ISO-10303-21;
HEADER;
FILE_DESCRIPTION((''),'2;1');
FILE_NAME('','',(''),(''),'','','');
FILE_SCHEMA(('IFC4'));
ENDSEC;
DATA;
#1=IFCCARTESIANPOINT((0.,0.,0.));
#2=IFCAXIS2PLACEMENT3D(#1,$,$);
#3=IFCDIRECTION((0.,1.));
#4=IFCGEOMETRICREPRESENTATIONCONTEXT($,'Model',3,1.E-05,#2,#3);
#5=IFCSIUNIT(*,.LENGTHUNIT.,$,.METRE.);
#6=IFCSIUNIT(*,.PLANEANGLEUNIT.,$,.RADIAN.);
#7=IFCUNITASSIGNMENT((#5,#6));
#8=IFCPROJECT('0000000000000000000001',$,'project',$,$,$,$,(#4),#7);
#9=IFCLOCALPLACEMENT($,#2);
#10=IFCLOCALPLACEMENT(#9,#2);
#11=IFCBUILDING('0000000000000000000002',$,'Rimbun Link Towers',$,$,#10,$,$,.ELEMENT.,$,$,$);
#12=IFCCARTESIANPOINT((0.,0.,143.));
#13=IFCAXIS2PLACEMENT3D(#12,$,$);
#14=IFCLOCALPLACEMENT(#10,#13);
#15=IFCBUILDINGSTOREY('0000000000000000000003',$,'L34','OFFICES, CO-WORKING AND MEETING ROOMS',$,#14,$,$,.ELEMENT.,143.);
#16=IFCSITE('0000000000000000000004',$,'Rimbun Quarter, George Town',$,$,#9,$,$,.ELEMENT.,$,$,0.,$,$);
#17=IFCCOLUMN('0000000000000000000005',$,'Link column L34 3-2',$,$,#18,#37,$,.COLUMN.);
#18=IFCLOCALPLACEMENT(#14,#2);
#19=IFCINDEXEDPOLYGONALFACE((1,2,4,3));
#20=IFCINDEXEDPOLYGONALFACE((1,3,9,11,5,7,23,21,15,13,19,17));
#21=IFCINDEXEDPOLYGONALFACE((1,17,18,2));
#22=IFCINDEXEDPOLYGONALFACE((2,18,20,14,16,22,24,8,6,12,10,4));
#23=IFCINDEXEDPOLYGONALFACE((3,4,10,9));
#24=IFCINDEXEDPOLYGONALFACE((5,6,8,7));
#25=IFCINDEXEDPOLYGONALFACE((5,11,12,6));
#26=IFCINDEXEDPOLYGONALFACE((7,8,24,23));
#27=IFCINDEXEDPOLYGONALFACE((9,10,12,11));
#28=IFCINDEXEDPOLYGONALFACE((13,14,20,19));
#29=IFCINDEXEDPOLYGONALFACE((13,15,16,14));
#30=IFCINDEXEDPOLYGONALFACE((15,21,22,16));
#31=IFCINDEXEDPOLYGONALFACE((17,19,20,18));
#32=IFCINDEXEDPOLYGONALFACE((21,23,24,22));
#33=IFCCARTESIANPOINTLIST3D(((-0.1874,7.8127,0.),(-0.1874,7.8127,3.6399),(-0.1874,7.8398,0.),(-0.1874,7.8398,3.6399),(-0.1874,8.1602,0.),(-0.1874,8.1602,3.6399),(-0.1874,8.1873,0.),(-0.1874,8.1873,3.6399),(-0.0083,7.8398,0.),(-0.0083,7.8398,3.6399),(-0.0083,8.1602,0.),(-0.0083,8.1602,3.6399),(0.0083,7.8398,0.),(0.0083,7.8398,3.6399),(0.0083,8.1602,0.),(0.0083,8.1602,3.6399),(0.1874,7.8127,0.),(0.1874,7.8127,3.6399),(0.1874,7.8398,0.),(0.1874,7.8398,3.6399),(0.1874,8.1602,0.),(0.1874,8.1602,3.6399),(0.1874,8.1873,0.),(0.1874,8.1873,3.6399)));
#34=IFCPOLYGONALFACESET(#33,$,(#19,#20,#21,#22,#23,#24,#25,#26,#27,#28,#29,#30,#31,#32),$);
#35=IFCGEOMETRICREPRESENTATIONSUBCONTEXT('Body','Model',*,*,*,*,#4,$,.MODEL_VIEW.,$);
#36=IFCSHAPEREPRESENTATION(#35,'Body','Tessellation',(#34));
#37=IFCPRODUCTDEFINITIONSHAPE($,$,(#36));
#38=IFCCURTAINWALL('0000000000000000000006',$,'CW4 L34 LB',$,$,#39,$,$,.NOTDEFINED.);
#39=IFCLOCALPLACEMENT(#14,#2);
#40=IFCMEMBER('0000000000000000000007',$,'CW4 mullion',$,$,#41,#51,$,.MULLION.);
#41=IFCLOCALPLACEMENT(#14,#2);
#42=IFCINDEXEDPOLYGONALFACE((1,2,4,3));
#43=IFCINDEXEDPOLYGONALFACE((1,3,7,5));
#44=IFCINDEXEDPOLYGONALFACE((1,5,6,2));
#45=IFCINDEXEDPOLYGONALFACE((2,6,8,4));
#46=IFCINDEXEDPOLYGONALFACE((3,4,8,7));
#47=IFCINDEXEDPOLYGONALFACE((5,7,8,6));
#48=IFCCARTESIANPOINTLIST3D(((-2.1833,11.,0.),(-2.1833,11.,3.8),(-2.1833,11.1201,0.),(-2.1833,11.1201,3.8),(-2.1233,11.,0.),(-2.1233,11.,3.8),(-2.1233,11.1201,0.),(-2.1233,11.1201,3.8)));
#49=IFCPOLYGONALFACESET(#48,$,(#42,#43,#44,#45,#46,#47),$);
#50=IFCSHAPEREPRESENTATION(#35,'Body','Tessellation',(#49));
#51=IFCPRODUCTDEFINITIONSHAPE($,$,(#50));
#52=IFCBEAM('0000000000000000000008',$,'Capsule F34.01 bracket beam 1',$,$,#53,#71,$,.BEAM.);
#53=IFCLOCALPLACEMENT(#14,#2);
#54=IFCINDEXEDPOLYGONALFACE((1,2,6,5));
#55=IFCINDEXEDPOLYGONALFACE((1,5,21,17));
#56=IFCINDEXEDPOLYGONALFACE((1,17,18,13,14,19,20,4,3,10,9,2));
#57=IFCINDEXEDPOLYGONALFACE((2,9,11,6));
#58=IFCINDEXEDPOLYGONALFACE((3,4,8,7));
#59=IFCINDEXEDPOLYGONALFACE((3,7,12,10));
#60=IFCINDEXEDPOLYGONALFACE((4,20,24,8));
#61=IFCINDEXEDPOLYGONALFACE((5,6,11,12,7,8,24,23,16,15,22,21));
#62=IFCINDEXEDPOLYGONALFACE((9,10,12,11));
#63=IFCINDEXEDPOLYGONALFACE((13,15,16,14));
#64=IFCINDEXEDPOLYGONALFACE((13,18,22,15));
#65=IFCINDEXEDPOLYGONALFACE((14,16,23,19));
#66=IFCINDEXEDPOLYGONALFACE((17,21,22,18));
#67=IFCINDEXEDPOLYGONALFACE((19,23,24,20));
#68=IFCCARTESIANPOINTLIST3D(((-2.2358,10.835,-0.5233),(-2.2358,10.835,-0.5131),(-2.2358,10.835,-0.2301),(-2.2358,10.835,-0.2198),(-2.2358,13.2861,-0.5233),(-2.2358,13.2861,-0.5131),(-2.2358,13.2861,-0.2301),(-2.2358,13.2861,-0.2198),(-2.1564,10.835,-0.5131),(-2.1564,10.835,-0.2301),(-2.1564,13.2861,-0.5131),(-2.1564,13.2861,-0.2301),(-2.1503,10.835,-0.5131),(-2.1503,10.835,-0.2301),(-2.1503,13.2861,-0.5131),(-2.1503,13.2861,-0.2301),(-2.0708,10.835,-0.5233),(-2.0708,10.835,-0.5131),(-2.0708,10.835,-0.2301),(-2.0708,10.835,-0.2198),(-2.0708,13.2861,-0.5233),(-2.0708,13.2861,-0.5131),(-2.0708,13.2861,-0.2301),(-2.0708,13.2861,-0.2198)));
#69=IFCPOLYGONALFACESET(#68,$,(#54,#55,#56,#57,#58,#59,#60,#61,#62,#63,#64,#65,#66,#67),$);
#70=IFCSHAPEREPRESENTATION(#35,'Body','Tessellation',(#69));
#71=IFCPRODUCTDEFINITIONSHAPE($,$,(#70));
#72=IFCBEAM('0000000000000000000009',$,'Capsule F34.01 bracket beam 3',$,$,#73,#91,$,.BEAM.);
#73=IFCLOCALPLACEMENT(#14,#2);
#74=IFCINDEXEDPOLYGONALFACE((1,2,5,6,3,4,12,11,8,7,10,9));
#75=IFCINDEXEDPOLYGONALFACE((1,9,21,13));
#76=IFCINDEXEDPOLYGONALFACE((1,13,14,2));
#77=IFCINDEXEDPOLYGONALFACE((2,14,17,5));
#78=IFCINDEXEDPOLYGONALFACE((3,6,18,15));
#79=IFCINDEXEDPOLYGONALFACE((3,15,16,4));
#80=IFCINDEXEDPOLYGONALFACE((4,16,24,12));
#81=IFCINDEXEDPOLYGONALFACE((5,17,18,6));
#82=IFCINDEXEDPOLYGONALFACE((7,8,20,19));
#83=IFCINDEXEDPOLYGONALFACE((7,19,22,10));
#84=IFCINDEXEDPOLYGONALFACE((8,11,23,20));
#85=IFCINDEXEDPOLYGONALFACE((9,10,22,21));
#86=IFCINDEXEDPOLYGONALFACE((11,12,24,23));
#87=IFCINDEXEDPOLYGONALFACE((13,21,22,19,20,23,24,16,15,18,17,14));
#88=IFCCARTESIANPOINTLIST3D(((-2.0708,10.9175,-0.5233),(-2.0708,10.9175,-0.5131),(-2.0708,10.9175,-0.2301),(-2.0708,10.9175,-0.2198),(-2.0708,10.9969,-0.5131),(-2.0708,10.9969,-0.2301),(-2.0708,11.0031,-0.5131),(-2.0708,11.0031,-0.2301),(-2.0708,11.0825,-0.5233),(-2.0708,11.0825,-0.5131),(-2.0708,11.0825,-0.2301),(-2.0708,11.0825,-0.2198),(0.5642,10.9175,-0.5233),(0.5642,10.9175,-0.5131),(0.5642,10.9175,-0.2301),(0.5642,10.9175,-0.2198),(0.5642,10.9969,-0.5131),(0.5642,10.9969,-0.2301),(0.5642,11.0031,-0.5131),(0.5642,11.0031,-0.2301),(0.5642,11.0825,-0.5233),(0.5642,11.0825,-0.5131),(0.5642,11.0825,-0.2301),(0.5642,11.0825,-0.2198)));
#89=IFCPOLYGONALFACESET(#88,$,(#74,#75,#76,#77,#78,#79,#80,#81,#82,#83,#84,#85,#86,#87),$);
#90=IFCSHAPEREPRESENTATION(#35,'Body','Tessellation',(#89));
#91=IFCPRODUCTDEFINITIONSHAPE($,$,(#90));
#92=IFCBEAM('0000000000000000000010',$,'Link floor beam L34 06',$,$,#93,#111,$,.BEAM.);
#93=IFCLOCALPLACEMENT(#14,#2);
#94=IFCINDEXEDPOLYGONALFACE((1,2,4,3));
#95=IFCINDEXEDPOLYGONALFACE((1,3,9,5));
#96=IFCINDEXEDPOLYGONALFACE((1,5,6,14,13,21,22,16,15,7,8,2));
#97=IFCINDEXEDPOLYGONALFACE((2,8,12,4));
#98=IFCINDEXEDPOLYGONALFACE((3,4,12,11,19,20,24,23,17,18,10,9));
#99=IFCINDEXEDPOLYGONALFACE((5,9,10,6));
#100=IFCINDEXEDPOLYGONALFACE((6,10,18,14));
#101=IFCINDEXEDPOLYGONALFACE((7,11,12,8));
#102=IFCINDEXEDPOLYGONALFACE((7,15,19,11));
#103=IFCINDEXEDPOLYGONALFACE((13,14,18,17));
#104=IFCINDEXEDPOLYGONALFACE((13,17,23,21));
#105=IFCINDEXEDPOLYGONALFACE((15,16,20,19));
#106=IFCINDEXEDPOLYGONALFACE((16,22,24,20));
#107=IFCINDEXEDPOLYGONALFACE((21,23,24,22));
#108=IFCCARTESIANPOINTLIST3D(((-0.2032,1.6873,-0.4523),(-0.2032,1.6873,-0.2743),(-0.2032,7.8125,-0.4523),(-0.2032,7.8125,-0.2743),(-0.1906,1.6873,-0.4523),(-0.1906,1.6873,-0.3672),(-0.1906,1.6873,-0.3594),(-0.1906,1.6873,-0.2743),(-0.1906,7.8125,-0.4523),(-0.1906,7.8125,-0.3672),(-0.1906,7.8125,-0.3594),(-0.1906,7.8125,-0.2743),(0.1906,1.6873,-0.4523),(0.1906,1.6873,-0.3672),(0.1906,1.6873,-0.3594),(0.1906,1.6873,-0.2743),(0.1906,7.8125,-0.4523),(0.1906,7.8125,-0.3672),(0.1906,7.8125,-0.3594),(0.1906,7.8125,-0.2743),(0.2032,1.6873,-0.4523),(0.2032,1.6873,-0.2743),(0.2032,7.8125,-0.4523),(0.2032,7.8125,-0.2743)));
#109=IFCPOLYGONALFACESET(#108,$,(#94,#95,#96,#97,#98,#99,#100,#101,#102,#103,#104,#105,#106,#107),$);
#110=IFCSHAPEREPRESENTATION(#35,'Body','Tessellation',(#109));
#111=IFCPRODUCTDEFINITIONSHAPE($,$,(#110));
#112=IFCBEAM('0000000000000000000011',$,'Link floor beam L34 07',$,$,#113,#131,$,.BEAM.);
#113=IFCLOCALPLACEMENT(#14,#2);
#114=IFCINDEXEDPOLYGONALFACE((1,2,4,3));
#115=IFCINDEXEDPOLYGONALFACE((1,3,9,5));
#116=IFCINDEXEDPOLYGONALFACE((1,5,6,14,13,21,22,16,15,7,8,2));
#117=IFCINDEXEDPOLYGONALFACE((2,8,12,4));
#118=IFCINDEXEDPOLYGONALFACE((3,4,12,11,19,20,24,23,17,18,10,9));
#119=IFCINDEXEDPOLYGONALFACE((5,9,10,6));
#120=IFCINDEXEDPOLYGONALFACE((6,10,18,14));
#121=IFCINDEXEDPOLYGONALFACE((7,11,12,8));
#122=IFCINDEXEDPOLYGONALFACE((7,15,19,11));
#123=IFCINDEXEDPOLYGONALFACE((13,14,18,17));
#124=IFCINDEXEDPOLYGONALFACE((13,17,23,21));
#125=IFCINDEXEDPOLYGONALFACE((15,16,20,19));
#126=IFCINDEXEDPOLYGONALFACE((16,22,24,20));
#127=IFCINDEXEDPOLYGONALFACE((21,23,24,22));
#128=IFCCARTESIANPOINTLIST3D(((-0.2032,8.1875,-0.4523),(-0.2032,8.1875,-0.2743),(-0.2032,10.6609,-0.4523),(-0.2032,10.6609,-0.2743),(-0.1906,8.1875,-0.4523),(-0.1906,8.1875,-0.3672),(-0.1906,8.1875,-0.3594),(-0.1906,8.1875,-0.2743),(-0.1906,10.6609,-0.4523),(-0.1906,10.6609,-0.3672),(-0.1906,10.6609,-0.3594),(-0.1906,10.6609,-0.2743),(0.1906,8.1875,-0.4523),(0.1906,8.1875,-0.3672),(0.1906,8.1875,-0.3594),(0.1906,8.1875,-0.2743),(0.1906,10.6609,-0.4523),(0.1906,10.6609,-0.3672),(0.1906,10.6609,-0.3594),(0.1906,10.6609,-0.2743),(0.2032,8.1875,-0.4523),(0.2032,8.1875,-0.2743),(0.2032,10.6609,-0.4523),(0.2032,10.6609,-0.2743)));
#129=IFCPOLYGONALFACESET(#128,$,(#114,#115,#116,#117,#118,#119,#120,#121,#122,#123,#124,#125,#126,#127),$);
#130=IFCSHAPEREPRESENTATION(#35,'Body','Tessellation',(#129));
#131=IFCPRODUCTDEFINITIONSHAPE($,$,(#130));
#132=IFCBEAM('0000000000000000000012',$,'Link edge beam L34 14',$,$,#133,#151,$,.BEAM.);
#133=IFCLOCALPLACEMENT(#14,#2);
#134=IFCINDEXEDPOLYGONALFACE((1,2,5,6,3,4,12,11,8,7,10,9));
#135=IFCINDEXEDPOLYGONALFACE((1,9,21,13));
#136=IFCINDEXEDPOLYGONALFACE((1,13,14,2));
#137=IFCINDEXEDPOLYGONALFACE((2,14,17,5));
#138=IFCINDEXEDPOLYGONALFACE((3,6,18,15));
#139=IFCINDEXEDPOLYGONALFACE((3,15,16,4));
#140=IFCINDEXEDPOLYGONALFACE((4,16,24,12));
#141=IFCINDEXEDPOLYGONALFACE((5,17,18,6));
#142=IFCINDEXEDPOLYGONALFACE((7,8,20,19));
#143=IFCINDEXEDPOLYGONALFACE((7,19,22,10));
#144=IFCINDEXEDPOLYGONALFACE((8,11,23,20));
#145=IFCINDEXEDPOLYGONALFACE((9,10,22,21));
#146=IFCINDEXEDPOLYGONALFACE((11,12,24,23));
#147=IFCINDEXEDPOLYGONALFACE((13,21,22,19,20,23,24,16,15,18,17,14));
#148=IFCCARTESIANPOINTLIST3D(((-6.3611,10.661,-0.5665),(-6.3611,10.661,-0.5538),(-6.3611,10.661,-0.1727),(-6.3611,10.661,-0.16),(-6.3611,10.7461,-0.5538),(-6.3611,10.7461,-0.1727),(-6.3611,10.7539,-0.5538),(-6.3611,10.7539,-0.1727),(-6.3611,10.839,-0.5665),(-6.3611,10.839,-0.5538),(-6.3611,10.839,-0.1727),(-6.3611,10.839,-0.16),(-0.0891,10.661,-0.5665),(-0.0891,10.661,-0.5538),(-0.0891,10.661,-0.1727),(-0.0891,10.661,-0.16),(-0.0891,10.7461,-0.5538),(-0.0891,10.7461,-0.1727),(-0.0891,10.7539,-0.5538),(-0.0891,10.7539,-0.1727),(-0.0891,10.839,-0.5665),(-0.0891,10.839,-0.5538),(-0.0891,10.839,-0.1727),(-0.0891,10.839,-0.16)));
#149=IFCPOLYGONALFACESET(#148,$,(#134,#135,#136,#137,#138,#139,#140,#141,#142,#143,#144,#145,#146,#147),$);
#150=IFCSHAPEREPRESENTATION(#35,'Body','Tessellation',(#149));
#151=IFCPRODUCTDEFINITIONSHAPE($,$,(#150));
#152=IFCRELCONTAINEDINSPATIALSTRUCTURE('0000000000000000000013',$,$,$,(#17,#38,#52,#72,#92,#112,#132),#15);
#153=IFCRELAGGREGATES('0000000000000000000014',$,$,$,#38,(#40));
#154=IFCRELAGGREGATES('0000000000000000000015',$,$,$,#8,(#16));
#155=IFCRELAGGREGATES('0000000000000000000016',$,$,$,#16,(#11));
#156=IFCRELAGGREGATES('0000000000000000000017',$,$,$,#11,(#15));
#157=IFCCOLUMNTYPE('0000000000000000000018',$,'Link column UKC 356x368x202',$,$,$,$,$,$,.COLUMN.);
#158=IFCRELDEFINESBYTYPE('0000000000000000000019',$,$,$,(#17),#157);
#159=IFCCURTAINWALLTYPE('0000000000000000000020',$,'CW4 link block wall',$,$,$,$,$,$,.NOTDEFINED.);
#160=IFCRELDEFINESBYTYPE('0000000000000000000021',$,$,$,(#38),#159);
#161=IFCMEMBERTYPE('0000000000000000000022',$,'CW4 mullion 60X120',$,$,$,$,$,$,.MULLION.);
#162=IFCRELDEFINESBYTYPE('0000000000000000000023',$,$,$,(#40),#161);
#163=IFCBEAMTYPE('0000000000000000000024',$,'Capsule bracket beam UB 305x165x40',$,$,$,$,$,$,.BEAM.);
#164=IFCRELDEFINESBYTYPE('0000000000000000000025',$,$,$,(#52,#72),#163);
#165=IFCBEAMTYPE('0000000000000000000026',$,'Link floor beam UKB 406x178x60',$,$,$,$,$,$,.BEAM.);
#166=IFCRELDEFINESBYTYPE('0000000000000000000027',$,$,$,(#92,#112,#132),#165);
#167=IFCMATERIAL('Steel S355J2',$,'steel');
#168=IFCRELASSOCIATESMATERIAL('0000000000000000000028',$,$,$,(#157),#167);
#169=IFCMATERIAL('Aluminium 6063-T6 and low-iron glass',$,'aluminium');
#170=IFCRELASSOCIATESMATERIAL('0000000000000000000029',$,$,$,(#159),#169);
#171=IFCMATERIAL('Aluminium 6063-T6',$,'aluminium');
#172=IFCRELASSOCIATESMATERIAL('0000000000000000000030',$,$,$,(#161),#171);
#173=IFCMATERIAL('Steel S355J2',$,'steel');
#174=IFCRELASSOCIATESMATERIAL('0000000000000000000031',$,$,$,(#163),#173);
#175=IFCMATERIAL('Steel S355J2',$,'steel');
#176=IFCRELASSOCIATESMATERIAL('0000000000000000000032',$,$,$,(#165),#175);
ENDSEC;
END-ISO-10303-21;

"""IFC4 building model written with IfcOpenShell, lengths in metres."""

from ifc_helpers import new_model, si_unit, direction, frame, origin, origin_2d, place, context, subcontext, project, spatial, rectangle, i_section, extrude, material, material_profile, profile_set, type_object, element, aggregate, save


model = new_model("IFC4")

# Units and contexts
model_context = context("Model", 3, precision=1e-05, world=origin(), true_north=direction((0.0, 1.0)))
body_context = subcontext(model_context, "Body", "Model", "MODEL_VIEW")
ifc_project = project(units=[si_unit("LENGTHUNIT", "METRE"), si_unit("PLANEANGLEUNIT", "RADIAN")], contexts=[model_context])

# Site, building, storey
site_placement = place(None, origin())
site = spatial("IfcSite", under=ifc_project, at=site_placement, Name="Rimbun Quarter, George Town", CompositionType="ELEMENT", RefElevation=0.0)
building_placement = place(site_placement, origin())
building = spatial("IfcBuilding", under=site, at=building_placement, Name="Rimbun Link Towers", CompositionType="ELEMENT")
storey_placement = place(building_placement, frame((0.0, 0.0, 143.0)))
storey = spatial("IfcBuildingStorey", under=building, at=storey_placement, Name="L34", Description="OFFICES, CO-WORKING AND MEETING ROOMS", CompositionType="ELEMENT", Elevation=143.0)

# Column
ifc_material_1 = material(Name="Steel S355J2", Category="steel")
ifc_material_profile_1 = material_profile(ifc_material_1, i_section(OverallWidth=0.3748, OverallDepth=0.3745, WebThickness=0.0166, FlangeThickness=0.0271, at=origin_2d()), Name="UKC 356x368x202")
ifc_profile_set_1 = profile_set([ifc_material_profile_1], Name="Steel S355J2")
column_type = type_object("IfcColumnType", Name="Link column UKC 356x368x202", PredefinedType="COLUMN", material=ifc_profile_set_1)
column_placement = place(storey_placement, frame((0.0, 8.0, 0.0), z_axis=(0.0, 0.0, 1.0), x_axis=(1.0, 0.0, 0.0)))
element("IfcColumn", 1, at=column_placement, inside=storey, type_object=column_type, Name="Link column L34 3-2", PredefinedType="COLUMN", context=body_context, shape_type="SweptSolid", body=[
    extrude(i_section(OverallWidth=0.3748, OverallDepth=0.3745, WebThickness=0.0166, FlangeThickness=0.0271, at=origin_2d()), origin(), (0.0, 0.0, 1.0), 3.6399),
])

# Curtain wall, member
ifc_material_2 = material(Name="Aluminium 6063-T6 and low-iron glass", Category="aluminium")
curtain_wall_type = type_object("IfcCurtainWallType", Name="CW4 link block wall", PredefinedType="NOTDEFINED", material=ifc_material_2)
curtain_wall_placement = place(storey_placement, origin())
curtain_wall = element("IfcCurtainWall", 2, at=curtain_wall_placement, inside=storey, type_object=curtain_wall_type, Name="CW4 L34 LB", PredefinedType="NOTDEFINED")
ifc_material_3 = material(Name="Aluminium 6063-T6", Category="aluminium")
ifc_material_profile_2 = material_profile(ifc_material_3, rectangle(XDim=0.1201, YDim=0.0601, at=origin_2d()), Name="MULLION 60X120")
ifc_profile_set_2 = profile_set([ifc_material_profile_2], Name="Aluminium 6063-T6")
member_type_1 = type_object("IfcMemberType", Name="CW4 mullion 60X120", PredefinedType="MULLION", material=ifc_profile_set_2)
member_1_placement = place(storey_placement, frame((-2.1533, 11.0601, 0.0), z_axis=(0.0, 0.0, 1.0), x_axis=(0.0, 1.0, 0.0)))
member_1 = element("IfcMember", 3, at=member_1_placement, type_object=member_type_1, Name="CW4 mullion", PredefinedType="MULLION", context=body_context, shape_type="SweptSolid", body=[
    extrude(rectangle(XDim=0.1201, YDim=0.0601, at=origin_2d()), origin(), (0.0, 0.0, 1.0), 3.8),
])

# Beams
ifc_material_4 = material(Name="Steel S355J2", Category="steel")
ifc_material_profile_3 = material_profile(ifc_material_4, i_section(OverallWidth=0.165, OverallDepth=0.3035, WebThickness=0.0061, FlangeThickness=0.0103, at=origin_2d()), Name="UB 305x165x40")
ifc_profile_set_3 = profile_set([ifc_material_profile_3], Name="Steel S355J2")
beam_type_1 = type_object("IfcBeamType", Name="Capsule bracket beam UB 305x165x40", PredefinedType="BEAM", material=ifc_profile_set_3)
beam_1_placement = place(storey_placement, frame((-2.1533, 10.835, -0.3716), z_axis=(0.0, 1.0, 0.0), x_axis=(-1.0, 0.0, 0.0)))
element("IfcBeam", 4, at=beam_1_placement, inside=storey, type_object=beam_type_1, Name="Capsule F34.01 bracket beam 1", PredefinedType="BEAM", context=body_context, shape_type="SweptSolid", body=[
    extrude(i_section(OverallWidth=0.165, OverallDepth=0.3035, WebThickness=0.0061, FlangeThickness=0.0103, at=origin_2d()), origin(), (0.0, 0.0, 1.0), 2.4512),
])
beam_2_placement = place(storey_placement, frame((-2.0708, 11.0, -0.3716), z_axis=(1.0, 0.0, 0.0), x_axis=(0.0, 1.0, 0.0)))
element("IfcBeam", 5, at=beam_2_placement, inside=storey, type_object=beam_type_1, Name="Capsule F34.01 bracket beam 3", PredefinedType="BEAM", context=body_context, shape_type="SweptSolid", body=[
    extrude(i_section(OverallWidth=0.165, OverallDepth=0.3035, WebThickness=0.0061, FlangeThickness=0.0103, at=origin_2d()), origin(), (0.0, 0.0, 1.0), 2.635),
])
ifc_material_5 = material(Name="Steel S355J2", Category="steel")
ifc_material_profile_4 = material_profile(ifc_material_5, i_section(OverallWidth=0.178, OverallDepth=0.4065, WebThickness=0.0078, FlangeThickness=0.0127, at=origin_2d()), Name="UKB 406x178x60")
ifc_profile_set_4 = profile_set([ifc_material_profile_4], Name="Steel S355J2")
beam_type_2 = type_object("IfcBeamType", Name="Link floor beam UKB 406x178x60", PredefinedType="BEAM", material=ifc_profile_set_4)
beam_3_placement = place(storey_placement, frame((0.0, 1.6873, -0.3633), z_axis=(0.0, 1.0, 0.0), x_axis=(0.0, 0.0, 1.0)))
element("IfcBeam", 6, at=beam_3_placement, inside=storey, type_object=beam_type_2, Name="Link floor beam L34 06", PredefinedType="BEAM", context=body_context, shape_type="SweptSolid", body=[
    extrude(i_section(OverallWidth=0.178, OverallDepth=0.4065, WebThickness=0.0078, FlangeThickness=0.0127, at=origin_2d()), origin(), (0.0, 0.0, 1.0), 6.1252),
])
beam_4_placement = place(storey_placement, frame((0.0, 8.1875, -0.3633), z_axis=(0.0, 1.0, 0.0), x_axis=(0.0, 0.0, 1.0)))
element("IfcBeam", 7, at=beam_4_placement, inside=storey, type_object=beam_type_2, Name="Link floor beam L34 07", PredefinedType="BEAM", context=body_context, shape_type="SweptSolid", body=[
    extrude(i_section(OverallWidth=0.178, OverallDepth=0.4065, WebThickness=0.0078, FlangeThickness=0.0127, at=origin_2d()), origin(), (0.0, 0.0, 1.0), 2.4734),
])
beam_5_placement = place(storey_placement, frame((-6.3611, 10.75, -0.3633), z_axis=(1.0, 0.0, 0.0), x_axis=(0.0, 1.0, 0.0)))
element("IfcBeam", 8, at=beam_5_placement, inside=storey, type_object=beam_type_2, Name="Link edge beam L34 14", PredefinedType="BEAM", context=body_context, shape_type="SweptSolid", body=[
    extrude(i_section(OverallWidth=0.178, OverallDepth=0.4065, WebThickness=0.0078, FlangeThickness=0.0127, at=origin_2d()), origin(), (0.0, 0.0, 1.0), 6.272),
])

aggregate(curtain_wall, [member_1])

save(model, "model.ifc")
